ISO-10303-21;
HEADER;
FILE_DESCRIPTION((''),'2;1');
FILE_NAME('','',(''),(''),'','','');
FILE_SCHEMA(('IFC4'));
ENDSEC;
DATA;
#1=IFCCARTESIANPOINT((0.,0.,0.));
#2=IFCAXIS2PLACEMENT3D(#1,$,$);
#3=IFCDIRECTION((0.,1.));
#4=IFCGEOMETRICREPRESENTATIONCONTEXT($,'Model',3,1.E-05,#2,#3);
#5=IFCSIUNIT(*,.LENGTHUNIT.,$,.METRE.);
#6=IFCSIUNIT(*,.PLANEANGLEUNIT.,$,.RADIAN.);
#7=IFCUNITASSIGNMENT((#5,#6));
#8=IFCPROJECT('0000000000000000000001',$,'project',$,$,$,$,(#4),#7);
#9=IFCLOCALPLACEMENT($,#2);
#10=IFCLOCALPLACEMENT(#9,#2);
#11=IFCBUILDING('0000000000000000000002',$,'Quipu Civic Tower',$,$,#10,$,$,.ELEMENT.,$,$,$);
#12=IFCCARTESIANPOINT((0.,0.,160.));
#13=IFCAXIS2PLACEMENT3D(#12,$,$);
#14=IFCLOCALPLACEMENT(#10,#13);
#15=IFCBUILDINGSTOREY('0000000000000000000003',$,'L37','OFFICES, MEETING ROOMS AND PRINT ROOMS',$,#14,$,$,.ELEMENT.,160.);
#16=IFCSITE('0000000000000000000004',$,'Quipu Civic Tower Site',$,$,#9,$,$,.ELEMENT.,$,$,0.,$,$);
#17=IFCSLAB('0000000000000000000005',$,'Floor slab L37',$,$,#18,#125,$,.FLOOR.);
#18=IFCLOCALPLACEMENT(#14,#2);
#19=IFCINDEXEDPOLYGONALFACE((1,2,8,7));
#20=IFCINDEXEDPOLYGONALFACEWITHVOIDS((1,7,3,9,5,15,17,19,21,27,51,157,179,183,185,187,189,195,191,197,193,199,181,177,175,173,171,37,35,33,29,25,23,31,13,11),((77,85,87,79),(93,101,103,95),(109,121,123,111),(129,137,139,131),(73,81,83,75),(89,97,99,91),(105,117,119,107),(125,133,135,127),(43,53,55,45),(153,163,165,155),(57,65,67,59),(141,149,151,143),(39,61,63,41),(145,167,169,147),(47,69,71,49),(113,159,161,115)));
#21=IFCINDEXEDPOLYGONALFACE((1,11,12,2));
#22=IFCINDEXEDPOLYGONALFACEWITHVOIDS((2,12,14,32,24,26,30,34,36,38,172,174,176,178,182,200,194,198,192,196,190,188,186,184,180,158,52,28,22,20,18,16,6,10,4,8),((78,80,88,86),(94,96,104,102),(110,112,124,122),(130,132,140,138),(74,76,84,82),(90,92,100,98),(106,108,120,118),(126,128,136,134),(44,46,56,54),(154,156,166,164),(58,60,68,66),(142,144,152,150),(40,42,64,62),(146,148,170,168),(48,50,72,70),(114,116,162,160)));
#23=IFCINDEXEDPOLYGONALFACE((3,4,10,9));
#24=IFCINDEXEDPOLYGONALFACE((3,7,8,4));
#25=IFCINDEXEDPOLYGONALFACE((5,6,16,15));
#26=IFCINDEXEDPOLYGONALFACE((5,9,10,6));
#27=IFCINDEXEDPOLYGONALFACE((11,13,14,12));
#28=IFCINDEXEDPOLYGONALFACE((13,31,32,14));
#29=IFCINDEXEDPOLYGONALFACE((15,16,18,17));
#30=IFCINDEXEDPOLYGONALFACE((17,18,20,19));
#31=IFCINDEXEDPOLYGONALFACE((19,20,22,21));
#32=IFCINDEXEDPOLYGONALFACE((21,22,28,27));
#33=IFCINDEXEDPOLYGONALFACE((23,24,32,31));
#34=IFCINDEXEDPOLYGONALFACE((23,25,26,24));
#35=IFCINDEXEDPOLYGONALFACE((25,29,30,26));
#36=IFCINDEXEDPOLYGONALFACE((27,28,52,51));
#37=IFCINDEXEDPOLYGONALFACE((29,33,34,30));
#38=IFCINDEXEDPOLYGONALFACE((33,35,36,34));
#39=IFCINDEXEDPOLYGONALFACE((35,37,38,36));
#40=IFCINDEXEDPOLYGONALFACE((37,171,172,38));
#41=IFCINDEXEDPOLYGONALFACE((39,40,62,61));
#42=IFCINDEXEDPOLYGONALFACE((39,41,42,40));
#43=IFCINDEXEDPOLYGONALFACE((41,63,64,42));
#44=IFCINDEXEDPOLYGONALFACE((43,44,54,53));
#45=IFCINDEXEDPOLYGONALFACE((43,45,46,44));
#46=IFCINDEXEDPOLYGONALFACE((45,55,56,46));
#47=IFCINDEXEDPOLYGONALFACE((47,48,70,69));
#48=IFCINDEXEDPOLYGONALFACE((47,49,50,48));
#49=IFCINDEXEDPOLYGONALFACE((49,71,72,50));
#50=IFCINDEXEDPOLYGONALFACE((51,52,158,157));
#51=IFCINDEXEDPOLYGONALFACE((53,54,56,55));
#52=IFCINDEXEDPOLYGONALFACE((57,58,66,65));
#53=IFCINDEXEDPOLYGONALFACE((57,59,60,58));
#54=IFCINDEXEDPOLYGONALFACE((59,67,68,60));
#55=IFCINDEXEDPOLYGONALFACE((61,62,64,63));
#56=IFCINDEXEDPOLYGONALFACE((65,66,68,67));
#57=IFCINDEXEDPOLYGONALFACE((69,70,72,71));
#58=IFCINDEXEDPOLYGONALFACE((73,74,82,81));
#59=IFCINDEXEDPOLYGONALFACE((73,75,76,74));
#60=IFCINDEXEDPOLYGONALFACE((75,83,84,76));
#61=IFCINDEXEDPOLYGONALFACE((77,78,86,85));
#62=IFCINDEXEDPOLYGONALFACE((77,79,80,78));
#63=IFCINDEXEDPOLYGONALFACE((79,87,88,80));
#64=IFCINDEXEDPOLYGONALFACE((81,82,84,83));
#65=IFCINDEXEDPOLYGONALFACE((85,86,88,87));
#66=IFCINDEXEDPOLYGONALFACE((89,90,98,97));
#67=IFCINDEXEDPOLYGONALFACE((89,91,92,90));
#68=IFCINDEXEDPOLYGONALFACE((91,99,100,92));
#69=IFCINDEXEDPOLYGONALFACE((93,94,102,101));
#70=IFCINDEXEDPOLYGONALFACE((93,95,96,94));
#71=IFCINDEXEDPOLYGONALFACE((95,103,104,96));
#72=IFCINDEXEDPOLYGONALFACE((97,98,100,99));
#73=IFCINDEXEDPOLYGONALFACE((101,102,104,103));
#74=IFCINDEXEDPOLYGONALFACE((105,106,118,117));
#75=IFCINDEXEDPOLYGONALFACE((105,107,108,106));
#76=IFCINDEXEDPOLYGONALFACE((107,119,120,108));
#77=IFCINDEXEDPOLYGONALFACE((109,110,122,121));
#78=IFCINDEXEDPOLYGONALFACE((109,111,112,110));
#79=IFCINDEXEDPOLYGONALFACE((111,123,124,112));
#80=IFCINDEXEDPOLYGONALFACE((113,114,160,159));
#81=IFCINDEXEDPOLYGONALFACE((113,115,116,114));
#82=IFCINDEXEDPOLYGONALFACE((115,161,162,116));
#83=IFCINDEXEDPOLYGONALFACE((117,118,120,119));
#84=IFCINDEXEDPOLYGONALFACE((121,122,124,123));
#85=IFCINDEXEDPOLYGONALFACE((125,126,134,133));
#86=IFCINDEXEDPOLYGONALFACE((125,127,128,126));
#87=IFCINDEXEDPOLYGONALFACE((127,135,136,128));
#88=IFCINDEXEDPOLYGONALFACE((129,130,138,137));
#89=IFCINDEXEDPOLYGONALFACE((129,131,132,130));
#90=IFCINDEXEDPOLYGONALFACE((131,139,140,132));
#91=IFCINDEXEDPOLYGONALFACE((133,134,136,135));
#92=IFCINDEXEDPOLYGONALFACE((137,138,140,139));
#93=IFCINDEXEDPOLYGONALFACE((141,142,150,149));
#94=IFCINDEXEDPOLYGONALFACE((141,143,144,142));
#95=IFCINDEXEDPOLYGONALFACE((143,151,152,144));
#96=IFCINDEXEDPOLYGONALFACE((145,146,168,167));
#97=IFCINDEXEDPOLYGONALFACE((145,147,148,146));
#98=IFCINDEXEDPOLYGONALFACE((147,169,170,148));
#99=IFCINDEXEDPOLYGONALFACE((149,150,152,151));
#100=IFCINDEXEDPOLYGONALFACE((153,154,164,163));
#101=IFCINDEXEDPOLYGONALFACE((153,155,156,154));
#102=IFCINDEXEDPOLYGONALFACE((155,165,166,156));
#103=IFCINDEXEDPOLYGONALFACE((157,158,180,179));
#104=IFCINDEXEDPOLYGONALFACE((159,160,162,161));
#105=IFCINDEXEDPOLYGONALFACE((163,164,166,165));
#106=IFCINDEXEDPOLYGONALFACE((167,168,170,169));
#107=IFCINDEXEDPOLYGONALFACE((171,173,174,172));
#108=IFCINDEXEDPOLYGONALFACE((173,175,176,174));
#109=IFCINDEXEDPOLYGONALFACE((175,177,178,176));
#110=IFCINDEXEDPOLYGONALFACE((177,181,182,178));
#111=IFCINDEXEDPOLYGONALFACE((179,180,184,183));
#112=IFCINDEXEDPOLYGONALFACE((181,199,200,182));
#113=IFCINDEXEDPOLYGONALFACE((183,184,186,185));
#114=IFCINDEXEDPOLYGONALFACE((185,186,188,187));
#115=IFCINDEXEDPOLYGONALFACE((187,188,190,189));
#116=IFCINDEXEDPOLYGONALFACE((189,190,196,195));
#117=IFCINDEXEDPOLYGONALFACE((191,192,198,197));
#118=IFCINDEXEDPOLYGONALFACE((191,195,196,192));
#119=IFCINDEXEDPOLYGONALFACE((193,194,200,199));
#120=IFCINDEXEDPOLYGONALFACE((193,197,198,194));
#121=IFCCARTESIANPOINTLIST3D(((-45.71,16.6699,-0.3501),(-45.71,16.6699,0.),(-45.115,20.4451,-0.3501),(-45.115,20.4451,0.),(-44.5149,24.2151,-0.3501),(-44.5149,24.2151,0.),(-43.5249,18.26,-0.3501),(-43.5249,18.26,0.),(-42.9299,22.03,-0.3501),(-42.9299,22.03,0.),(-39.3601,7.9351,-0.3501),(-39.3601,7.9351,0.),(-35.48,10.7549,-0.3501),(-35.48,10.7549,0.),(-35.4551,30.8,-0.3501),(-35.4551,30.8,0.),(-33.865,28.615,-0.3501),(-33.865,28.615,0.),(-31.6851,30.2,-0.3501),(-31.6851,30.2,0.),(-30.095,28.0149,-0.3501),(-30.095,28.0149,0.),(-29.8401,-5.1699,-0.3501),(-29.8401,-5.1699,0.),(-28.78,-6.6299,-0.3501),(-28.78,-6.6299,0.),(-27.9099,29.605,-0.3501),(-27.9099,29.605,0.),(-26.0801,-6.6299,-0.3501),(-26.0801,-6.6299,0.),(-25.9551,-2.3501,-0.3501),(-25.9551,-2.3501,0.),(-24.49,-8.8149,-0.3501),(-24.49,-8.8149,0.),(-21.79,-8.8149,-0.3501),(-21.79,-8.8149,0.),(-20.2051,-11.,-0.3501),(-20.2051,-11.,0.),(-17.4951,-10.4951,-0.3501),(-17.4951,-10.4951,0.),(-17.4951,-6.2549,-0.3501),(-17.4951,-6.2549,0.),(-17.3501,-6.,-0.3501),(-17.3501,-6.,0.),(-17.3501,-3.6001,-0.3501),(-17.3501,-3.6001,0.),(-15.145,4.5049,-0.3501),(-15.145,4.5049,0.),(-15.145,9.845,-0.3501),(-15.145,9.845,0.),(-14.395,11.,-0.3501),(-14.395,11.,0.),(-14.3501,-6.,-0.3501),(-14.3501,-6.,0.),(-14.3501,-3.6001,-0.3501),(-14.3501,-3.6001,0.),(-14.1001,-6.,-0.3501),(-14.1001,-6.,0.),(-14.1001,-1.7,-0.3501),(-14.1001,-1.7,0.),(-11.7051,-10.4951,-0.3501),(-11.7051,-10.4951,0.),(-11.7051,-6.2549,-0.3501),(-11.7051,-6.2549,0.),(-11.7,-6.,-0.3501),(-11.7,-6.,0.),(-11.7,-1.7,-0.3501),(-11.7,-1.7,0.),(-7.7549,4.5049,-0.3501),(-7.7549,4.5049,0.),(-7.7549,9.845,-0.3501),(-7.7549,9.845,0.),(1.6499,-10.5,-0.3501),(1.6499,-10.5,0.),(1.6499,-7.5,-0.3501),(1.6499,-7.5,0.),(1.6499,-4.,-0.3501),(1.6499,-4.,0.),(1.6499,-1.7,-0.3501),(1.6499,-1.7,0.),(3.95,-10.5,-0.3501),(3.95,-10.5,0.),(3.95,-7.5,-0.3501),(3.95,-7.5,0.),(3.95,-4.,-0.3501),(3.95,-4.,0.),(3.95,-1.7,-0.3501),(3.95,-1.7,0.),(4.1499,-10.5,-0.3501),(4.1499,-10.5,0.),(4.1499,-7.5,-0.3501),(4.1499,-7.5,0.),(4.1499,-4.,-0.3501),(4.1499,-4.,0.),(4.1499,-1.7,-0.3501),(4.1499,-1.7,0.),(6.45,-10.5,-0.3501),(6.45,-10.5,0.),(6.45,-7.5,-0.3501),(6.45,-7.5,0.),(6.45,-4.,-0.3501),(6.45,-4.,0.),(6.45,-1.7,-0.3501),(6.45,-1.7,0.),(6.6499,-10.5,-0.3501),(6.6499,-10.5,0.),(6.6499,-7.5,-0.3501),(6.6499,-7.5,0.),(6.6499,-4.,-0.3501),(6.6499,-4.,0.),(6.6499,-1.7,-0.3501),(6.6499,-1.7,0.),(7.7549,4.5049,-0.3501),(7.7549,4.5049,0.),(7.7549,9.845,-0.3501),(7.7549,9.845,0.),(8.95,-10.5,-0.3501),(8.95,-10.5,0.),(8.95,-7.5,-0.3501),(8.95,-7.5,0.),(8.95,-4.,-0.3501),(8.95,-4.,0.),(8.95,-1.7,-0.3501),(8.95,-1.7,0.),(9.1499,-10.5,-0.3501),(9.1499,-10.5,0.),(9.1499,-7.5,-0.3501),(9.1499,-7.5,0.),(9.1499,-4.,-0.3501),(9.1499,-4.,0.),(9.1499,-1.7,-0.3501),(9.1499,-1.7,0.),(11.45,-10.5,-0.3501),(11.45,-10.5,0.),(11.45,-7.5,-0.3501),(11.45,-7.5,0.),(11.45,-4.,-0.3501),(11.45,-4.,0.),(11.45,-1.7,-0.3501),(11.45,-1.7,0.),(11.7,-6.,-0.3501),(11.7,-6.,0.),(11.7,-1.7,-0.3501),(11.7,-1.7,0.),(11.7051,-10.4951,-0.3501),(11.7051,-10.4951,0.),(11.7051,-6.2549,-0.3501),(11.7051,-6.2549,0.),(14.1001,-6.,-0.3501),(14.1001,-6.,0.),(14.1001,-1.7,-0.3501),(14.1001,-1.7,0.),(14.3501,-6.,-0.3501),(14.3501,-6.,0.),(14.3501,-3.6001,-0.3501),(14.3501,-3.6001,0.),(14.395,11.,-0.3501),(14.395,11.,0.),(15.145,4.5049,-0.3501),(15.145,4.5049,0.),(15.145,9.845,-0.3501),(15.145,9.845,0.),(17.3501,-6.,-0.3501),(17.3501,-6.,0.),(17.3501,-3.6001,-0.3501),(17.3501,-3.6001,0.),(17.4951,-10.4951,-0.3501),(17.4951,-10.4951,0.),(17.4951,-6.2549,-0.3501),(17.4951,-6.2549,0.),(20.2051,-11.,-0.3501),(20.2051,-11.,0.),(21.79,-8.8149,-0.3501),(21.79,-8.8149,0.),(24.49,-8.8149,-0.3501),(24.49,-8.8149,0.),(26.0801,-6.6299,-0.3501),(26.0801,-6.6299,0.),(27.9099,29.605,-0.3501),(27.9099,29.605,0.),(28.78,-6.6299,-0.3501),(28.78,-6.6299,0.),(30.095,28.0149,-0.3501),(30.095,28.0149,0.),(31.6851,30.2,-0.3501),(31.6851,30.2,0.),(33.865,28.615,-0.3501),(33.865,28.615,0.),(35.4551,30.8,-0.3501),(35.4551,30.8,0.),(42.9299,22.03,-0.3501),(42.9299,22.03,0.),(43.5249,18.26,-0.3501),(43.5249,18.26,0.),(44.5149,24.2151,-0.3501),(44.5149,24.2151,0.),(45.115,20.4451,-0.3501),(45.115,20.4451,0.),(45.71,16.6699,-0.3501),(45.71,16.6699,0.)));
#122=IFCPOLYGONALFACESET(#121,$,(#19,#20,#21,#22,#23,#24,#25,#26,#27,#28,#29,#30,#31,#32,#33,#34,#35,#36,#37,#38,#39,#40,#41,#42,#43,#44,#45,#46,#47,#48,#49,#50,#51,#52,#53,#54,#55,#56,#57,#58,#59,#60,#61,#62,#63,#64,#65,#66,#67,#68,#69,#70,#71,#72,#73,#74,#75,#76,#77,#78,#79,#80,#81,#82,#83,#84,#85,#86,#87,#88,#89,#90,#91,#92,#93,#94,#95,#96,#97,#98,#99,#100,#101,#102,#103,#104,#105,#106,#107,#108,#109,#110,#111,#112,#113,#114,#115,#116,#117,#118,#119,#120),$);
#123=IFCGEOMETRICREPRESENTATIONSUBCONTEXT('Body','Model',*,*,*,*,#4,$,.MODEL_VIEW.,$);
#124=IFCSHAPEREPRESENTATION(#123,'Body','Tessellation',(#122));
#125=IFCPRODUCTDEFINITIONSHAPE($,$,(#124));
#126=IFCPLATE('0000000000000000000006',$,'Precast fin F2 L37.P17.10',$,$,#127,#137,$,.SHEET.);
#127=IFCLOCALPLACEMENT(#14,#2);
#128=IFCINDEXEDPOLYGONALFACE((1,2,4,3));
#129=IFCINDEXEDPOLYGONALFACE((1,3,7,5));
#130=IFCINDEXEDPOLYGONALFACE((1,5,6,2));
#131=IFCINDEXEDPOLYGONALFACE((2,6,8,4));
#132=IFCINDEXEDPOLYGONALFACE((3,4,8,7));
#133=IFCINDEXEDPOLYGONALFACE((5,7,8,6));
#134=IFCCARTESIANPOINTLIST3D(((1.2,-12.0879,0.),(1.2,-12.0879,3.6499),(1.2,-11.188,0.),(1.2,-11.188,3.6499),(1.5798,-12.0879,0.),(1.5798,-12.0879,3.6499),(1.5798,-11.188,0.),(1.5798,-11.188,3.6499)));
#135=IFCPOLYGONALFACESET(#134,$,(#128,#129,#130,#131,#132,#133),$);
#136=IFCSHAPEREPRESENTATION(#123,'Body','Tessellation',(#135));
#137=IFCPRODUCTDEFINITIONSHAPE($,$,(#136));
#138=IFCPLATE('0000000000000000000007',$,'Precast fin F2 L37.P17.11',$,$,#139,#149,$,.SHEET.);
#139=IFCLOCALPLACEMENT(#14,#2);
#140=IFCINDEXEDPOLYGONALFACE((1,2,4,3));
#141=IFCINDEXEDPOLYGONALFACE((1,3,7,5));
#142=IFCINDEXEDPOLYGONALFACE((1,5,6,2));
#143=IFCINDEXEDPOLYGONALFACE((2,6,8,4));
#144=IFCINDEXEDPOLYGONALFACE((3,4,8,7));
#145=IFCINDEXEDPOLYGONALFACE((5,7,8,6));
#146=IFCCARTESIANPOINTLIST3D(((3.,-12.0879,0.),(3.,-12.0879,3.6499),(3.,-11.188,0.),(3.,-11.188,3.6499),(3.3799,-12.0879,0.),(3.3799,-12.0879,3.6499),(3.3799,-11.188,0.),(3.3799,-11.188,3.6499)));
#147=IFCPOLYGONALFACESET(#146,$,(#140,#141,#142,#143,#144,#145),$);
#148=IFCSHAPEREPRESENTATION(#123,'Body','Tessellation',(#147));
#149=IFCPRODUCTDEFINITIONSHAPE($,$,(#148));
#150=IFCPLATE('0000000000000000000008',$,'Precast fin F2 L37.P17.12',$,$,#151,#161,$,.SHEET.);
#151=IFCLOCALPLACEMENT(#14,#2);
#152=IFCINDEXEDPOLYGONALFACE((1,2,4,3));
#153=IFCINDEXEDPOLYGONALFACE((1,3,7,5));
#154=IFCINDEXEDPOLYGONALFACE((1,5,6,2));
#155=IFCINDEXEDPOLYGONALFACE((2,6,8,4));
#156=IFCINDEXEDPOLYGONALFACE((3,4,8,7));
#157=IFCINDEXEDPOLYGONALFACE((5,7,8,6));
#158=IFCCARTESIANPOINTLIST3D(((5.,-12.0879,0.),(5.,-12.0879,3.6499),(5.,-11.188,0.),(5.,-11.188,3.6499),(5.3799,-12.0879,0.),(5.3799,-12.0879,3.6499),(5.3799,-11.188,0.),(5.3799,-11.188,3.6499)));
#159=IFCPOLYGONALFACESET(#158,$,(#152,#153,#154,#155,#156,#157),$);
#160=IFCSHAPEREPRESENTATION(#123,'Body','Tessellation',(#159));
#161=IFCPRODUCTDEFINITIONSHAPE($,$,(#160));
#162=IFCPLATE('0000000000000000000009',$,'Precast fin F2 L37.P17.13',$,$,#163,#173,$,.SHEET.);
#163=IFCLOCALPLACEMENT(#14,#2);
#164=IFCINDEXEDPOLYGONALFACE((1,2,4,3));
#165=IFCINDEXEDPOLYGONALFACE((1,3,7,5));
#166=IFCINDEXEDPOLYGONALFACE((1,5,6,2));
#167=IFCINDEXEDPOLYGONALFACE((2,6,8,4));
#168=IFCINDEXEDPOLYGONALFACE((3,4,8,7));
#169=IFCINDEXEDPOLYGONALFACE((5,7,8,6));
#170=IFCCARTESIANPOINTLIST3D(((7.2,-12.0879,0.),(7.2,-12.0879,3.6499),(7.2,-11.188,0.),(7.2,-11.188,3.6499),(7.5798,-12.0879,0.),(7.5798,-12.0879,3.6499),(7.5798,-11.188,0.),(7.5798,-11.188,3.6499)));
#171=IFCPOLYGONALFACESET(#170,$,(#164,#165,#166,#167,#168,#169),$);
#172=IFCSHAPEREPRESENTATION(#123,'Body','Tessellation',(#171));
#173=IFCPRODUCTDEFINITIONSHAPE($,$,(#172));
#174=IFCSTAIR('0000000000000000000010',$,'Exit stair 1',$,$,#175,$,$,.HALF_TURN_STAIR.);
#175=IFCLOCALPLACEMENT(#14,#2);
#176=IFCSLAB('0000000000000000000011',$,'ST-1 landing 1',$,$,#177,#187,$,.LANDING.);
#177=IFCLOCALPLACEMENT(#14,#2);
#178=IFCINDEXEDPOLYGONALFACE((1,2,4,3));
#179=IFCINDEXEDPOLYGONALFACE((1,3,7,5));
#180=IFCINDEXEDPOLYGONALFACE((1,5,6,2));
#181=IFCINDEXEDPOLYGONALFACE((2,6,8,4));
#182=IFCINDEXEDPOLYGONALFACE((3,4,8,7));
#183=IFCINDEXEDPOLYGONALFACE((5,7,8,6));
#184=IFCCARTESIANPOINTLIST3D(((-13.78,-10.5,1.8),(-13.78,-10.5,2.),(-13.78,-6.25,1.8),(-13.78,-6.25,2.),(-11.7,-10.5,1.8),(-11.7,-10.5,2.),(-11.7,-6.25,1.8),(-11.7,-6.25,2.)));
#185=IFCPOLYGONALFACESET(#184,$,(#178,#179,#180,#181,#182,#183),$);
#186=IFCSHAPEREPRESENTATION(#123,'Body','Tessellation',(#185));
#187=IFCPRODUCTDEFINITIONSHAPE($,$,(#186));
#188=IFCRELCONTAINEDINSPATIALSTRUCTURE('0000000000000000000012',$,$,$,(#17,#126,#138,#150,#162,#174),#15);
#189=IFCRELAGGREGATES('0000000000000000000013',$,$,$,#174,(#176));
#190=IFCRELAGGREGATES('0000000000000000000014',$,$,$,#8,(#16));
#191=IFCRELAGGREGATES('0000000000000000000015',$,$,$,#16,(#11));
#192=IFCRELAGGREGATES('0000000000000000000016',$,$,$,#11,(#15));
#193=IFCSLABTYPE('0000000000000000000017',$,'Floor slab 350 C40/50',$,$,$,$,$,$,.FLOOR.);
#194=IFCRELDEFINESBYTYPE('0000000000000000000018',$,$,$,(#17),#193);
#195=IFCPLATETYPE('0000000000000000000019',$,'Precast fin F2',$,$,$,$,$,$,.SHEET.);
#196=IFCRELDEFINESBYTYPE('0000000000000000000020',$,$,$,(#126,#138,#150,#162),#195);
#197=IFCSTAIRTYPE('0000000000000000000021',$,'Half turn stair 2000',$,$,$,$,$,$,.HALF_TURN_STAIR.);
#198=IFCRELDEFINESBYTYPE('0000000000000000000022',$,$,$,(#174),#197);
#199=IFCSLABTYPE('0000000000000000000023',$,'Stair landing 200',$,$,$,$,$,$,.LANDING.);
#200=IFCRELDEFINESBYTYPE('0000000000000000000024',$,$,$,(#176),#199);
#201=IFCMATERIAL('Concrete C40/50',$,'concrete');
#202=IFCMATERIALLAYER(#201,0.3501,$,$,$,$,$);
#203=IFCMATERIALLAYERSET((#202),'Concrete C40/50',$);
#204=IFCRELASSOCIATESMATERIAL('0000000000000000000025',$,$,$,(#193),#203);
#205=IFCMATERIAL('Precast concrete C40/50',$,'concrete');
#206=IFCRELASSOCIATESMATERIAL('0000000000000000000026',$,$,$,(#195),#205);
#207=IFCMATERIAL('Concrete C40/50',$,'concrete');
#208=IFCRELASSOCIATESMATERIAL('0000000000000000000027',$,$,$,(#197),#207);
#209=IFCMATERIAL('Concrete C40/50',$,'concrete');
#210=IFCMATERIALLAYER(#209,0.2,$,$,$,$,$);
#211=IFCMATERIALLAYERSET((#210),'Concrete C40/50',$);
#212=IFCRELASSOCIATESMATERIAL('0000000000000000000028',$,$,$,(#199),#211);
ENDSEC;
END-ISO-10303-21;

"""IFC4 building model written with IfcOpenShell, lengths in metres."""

from ifc_helpers import new_model, si_unit, direction, frame, origin, origin_2d, place, context, subcontext, project, spatial, polyline, rectangle, outline, extrude, material, layer, layer_set, type_object, element, aggregate, save


model = new_model("IFC4")

# Units and contexts
model_context = context("Model", 3, precision=1e-05, world=origin(), true_north=direction((0.0, 1.0)))
body_context = subcontext(model_context, "Body", "Model", "MODEL_VIEW")
ifc_project = project(units=[si_unit("LENGTHUNIT", "METRE"), si_unit("PLANEANGLEUNIT", "RADIAN")], contexts=[model_context])

# Site, building, storey
site_placement = place(None, origin())
site = spatial("IfcSite", under=ifc_project, at=site_placement, Name="Quipu Civic Tower Site", CompositionType="ELEMENT", RefElevation=0.0)
building_placement = place(site_placement, origin())
building = spatial("IfcBuilding", under=site, at=building_placement, Name="Quipu Civic Tower", CompositionType="ELEMENT")
storey_placement = place(building_placement, frame((0.0, 0.0, 160.0)))
storey = spatial("IfcBuildingStorey", under=building, at=storey_placement, Name="L37", Description="OFFICES, MEETING ROOMS AND PRINT ROOMS", CompositionType="ELEMENT", Elevation=160.0)

# Slab
ifc_material_1 = material(Name="Concrete C40/50", Category="concrete")
ifc_layer_1 = layer(ifc_material_1, 0.3501)
ifc_layer_set_1 = layer_set([ifc_layer_1], Name="Concrete C40/50")
slab_type_1 = type_object("IfcSlabType", Name="Floor slab 350 C40/50", PredefinedType="FLOOR", material=ifc_layer_set_1)
slab_1_placement = place(storey_placement, frame((0.0, 0.0, -0.3501)))
element("IfcSlab", 1, at=slab_1_placement, inside=storey, type_object=slab_type_1, Name="Floor slab L37", PredefinedType="FLOOR", context=body_context, shape_type="SweptSolid", body=[
    extrude(outline(polyline([(-45.115, 20.4451), (-42.9299, 22.03), (-44.5149, 24.2151), (-35.4551, 30.8), (-33.865, 28.615), (-31.6851, 30.2), (-30.095, 28.0149), (-27.9099, 29.605), (-14.395, 11.0), (14.395, 11.0), (27.9099, 29.605), (30.095, 28.0149), (31.6851, 30.2), (33.865, 28.615), (35.4551, 30.8), (44.5149, 24.2151), (42.9299, 22.03), (45.115, 20.4451), (43.5249, 18.26), (45.71, 16.6699), (28.78, -6.6299), (26.0801, -6.6299), (24.49, -8.8149), (21.79, -8.8149), (20.2051, -11.0), (-20.2051, -11.0), (-21.79, -8.8149), (-24.49, -8.8149), (-26.0801, -6.6299), (-28.78, -6.6299), (-29.8401, -5.1699), (-25.9551, -2.3501), (-35.48, 10.7549), (-39.3601, 7.9351), (-45.71, 16.6699), (-43.5249, 18.26), (-45.115, 20.4451)]), holes=[polyline([(1.6499, -7.5), (1.6499, -10.5), (3.95, -10.5), (3.95, -7.5), (1.6499, -7.5)]), polyline([(4.1499, -7.5), (4.1499, -10.5), (6.45, -10.5), (6.45, -7.5), (4.1499, -7.5)]), polyline([(-11.7051, -6.2549), (-17.4951, -6.2549), (-17.4951, -10.4951), (-11.7051, -10.4951), (-11.7051, -6.2549)]), polyline([(-17.3501, -3.6001), (-17.3501, -6.0), (-14.3501, -6.0), (-14.3501, -3.6001), (-17.3501, -3.6001)]), polyline([(-14.1001, -1.7), (-14.1001, -6.0), (-11.7, -6.0), (-11.7, -1.7), (-14.1001, -1.7)]), polyline([(1.6499, -1.7), (1.6499, -4.0), (3.95, -4.0), (3.95, -1.7), (1.6499, -1.7)]), polyline([(4.1499, -1.7), (4.1499, -4.0), (6.45, -4.0), (6.45, -1.7), (4.1499, -1.7)]), polyline([(-7.7549, 9.845), (-15.145, 9.845), (-15.145, 4.5049), (-7.7549, 4.5049), (-7.7549, 9.845)]), polyline([(6.6499, -7.5), (6.6499, -10.5), (8.95, -10.5), (8.95, -7.5), (6.6499, -7.5)]), polyline([(9.1499, -7.5), (9.1499, -10.5), (11.45, -10.5), (11.45, -7.5), (9.1499, -7.5)]), polyline([(11.7051, -10.4951), (17.4951, -10.4951), (17.4951, -6.2549), (11.7051, -6.2549), (11.7051, -10.4951)]), polyline([(14.3501, -3.6001), (14.3501, -6.0), (17.3501, -6.0), (17.3501, -3.6001), (14.3501, -3.6001)]), polyline([(11.7, -1.7), (11.7, -6.0), (14.1001, -6.0), (14.1001, -1.7), (11.7, -1.7)]), polyline([(6.6499, -1.7), (6.6499, -4.0), (8.95, -4.0), (8.95, -1.7), (6.6499, -1.7)]), polyline([(9.1499, -1.7), (9.1499, -4.0), (11.45, -4.0), (11.45, -1.7), (9.1499, -1.7)]), polyline([(7.7549, 4.5049), (15.145, 4.5049), (15.145, 9.845), (7.7549, 9.845), (7.7549, 4.5049)])]), origin(), (0.0, 0.0, 1.0), 0.3501),
])

# Plates
ifc_material_2 = material(Name="Precast concrete C40/50", Category="concrete")
plate_type = type_object("IfcPlateType", Name="Precast fin F2", PredefinedType="SHEET", material=ifc_material_2)
for number, where, z_axis, x_axis, name in (
    (2, (1.3899, -11.6379, 0.0), (0.0, 0.0, 1.0), (1.0, 0.0, 0.0), "Precast fin F2 L37.P17.10"),
    (3, (3.1899, -11.6379, 0.0), (0.0, 0.0, 1.0), (1.0, 0.0, 0.0), "Precast fin F2 L37.P17.11"),
    (4, (5.1899, -11.6379, 0.0), (0.0, 0.0, 1.0), (1.0, 0.0, 0.0), "Precast fin F2 L37.P17.12"),
    (5, (7.3899, -11.6379, 0.0), (0.0, 0.0, 1.0), (1.0, 0.0, 0.0), "Precast fin F2 L37.P17.13"),
):
    element("IfcPlate", number, at=place(storey_placement, frame(where, z_axis=z_axis, x_axis=x_axis)), inside=storey, type_object=plate_type, Name=name, PredefinedType="SHEET", context=body_context, shape_type="SweptSolid", body=[
        extrude(rectangle(XDim=0.3799, YDim=0.8999, at=origin_2d()), origin(), (0.0, 0.0, 1.0), 3.6499),
    ])

# Stair, slab
ifc_material_3 = material(Name="Concrete C40/50", Category="concrete")
stair_type_1 = type_object("IfcStairType", Name="Half turn stair 2000", PredefinedType="HALF_TURN_STAIR", material=ifc_material_3)
stair_1_placement = place(storey_placement, origin())
stair_1 = element("IfcStair", 6, at=stair_1_placement, inside=storey, type_object=stair_type_1, Name="Exit stair 1", PredefinedType="HALF_TURN_STAIR")
ifc_material_4 = material(Name="Concrete C40/50", Category="concrete")
ifc_layer_2 = layer(ifc_material_4, 0.2)
ifc_layer_set_2 = layer_set([ifc_layer_2], Name="Concrete C40/50")
slab_type_2 = type_object("IfcSlabType", Name="Stair landing 200", PredefinedType="LANDING", material=ifc_layer_set_2)
slab_2_placement = place(storey_placement, frame((0.0, 0.0, 1.8)))
slab_2 = element("IfcSlab", 7, at=slab_2_placement, type_object=slab_type_2, Name="ST-1 landing 1", PredefinedType="LANDING", context=body_context, shape_type="SweptSolid", body=[
    extrude(outline(polyline([(-13.78, -10.5), (-11.7, -10.5), (-11.7, -6.25), (-13.78, -6.25), (-13.78, -10.5)])), origin(), (0.0, 0.0, 1.0), 0.2),
])
aggregate(stair_1, [slab_2])

save(model, "model.ifc")
